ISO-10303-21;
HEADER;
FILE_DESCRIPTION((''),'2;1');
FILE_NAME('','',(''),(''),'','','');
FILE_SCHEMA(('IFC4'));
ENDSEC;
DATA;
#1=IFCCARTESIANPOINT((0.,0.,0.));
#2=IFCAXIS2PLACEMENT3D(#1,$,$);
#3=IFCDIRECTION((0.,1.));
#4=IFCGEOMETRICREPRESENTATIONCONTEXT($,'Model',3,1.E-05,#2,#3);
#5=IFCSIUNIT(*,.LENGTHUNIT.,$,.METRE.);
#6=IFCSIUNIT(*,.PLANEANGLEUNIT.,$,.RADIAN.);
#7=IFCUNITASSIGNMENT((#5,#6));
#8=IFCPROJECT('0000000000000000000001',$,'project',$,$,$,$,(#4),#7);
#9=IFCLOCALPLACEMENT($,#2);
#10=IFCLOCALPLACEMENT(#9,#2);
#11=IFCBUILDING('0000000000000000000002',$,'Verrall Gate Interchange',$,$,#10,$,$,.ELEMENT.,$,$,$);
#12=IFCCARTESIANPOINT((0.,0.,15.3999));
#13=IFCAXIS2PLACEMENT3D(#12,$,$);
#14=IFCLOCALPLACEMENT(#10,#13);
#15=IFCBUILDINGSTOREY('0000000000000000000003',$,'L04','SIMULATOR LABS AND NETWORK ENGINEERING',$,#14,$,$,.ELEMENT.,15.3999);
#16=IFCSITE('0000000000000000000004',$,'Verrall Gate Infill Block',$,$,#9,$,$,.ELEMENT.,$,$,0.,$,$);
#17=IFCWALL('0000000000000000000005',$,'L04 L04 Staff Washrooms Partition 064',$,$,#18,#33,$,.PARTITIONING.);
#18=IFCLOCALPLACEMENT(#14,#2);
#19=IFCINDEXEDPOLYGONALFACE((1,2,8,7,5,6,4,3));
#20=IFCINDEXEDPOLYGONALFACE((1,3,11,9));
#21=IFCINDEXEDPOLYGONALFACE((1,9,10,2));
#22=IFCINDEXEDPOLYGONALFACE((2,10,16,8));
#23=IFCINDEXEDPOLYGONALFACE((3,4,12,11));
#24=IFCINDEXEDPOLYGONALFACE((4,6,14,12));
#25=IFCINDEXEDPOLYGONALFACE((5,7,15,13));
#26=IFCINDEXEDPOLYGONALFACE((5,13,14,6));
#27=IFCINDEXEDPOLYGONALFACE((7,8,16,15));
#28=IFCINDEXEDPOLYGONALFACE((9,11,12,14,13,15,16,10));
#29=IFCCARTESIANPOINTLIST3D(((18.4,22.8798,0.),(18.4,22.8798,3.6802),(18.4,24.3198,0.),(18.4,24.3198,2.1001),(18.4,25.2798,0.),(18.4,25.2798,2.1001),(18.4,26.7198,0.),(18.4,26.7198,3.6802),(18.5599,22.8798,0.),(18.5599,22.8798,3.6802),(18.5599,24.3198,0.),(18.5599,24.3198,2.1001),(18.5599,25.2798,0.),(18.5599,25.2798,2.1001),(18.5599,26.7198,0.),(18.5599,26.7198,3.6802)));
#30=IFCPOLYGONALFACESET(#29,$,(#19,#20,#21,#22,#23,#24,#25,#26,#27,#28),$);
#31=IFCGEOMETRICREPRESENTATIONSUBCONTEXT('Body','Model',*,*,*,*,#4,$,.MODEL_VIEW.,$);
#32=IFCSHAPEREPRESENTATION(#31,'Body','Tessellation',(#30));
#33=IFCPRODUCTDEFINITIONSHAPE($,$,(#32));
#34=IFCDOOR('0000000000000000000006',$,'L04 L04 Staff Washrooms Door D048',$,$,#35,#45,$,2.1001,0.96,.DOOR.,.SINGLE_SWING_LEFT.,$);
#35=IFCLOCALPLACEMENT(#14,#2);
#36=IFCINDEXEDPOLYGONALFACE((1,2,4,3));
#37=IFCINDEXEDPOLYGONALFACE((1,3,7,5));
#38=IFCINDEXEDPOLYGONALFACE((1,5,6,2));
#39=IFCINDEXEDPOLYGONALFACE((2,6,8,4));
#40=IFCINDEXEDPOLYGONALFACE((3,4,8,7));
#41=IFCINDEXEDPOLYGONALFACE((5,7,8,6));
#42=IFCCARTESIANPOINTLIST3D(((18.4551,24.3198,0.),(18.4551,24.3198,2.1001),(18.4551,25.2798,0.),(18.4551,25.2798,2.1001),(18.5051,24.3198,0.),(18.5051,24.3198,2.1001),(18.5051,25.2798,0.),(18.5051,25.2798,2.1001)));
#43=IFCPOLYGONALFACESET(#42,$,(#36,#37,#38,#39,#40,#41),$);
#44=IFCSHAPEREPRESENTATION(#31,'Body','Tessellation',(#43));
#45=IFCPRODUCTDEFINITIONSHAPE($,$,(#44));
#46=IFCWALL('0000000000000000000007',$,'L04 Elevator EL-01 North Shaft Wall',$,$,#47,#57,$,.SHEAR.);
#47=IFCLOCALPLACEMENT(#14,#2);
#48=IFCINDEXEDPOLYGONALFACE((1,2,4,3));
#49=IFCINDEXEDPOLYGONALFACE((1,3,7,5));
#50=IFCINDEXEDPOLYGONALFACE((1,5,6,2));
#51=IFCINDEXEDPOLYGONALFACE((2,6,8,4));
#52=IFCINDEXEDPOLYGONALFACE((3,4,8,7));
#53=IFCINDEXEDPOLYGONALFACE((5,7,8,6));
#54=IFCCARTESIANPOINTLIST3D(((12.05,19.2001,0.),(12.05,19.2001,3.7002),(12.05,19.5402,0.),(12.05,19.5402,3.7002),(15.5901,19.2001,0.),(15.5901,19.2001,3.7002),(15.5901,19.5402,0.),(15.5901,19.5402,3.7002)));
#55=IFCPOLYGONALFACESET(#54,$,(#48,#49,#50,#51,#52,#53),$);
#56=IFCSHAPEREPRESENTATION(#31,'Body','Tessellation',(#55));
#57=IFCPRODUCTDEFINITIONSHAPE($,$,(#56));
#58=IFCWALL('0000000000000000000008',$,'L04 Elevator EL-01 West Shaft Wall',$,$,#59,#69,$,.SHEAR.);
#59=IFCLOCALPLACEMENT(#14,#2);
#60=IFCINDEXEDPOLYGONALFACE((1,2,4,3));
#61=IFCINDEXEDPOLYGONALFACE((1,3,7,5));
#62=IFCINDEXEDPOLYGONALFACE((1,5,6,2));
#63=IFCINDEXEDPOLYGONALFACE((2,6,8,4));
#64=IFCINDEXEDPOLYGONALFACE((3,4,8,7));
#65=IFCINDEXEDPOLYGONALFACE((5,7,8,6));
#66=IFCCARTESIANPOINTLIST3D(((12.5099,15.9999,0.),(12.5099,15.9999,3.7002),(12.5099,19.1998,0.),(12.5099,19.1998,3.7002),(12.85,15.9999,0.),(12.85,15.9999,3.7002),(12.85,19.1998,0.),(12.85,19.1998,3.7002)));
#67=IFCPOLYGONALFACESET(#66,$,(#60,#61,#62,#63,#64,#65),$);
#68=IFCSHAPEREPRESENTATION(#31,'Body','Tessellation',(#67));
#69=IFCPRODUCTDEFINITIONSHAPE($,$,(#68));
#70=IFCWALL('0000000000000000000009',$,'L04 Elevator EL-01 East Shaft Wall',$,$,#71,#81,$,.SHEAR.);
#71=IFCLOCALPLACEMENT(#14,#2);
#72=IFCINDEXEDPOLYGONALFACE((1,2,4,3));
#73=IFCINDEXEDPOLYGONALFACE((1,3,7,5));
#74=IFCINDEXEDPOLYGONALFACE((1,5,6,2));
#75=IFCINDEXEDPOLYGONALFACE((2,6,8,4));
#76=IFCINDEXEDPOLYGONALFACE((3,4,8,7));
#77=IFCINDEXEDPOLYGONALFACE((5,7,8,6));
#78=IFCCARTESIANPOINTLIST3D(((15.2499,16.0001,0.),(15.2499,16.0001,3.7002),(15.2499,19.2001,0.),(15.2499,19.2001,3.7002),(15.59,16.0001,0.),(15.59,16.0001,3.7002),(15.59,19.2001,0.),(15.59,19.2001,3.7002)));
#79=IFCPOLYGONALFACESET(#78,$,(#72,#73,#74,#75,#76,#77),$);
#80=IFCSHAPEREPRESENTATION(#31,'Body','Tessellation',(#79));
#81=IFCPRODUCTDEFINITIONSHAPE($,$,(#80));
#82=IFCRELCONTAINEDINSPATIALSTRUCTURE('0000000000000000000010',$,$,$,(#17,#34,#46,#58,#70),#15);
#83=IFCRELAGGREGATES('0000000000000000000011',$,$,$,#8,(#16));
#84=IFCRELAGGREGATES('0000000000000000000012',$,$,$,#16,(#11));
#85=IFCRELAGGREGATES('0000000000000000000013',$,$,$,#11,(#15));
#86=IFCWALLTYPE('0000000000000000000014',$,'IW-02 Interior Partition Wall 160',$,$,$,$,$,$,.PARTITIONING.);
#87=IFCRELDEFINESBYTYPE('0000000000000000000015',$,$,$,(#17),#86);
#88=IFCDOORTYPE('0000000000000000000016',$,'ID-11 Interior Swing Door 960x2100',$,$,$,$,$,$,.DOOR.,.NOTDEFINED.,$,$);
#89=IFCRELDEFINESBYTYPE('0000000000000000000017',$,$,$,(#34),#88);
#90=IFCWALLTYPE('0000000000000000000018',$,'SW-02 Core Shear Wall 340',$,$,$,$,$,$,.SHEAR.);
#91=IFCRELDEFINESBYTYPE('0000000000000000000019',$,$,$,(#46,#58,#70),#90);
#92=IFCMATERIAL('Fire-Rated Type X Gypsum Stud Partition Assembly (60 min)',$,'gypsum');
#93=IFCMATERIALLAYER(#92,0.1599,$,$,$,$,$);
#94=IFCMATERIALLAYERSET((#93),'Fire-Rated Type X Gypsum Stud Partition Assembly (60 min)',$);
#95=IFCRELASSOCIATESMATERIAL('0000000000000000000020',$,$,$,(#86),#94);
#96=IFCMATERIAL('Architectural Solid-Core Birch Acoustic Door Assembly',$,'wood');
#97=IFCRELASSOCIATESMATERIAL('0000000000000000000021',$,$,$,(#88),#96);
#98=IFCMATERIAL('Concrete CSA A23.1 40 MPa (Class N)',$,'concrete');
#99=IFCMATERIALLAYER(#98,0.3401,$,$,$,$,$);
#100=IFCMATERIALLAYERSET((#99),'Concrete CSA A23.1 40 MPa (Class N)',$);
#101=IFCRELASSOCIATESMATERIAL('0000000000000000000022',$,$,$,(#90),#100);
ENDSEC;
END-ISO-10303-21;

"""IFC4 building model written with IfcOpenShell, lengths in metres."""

from ifc_helpers import new_model, si_unit, direction, frame, frame_2d, origin, place, context, subcontext, project, spatial, rectangle, extrude, material, layer, layer_set, type_object, element, fill, save


model = new_model("IFC4")

# Units and contexts
model_context = context("Model", 3, precision=1e-05, world=origin(), true_north=direction((0.0, 1.0)))
body_context = subcontext(model_context, "Body", "Model", "MODEL_VIEW")
ifc_project = project(units=[si_unit("LENGTHUNIT", "METRE"), si_unit("PLANEANGLEUNIT", "RADIAN")], contexts=[model_context])

# Site, building, storey
site_placement = place(None, origin())
site = spatial("IfcSite", under=ifc_project, at=site_placement, Name="Verrall Gate Infill Block", CompositionType="ELEMENT", RefElevation=0.0)
building_placement = place(site_placement, origin())
building = spatial("IfcBuilding", under=site, at=building_placement, Name="Verrall Gate Interchange", CompositionType="ELEMENT")
storey_placement = place(building_placement, frame((0.0, 0.0, 15.3999)))
storey = spatial("IfcBuildingStorey", under=building, at=storey_placement, Name="L04", Description="SIMULATOR LABS AND NETWORK ENGINEERING", CompositionType="ELEMENT", Elevation=15.3999)

# Wall, opening, door
ifc_material_1 = material(Name="Fire-Rated Type X Gypsum Stud Partition Assembly (60 min)", Category="gypsum")
ifc_layer_1 = layer(ifc_material_1, 0.1599)
ifc_layer_set_1 = layer_set([ifc_layer_1], Name="Fire-Rated Type X Gypsum Stud Partition Assembly (60 min)")
wall_type_1 = type_object("IfcWallType", Name="IW-02 Interior Partition Wall 160", PredefinedType="PARTITIONING", material=ifc_layer_set_1)
wall_1_placement = place(storey_placement, frame((18.48, 22.8799, 0.0), z_axis=(0.0, 0.0, 1.0), x_axis=(0.0, 1.0, 0.0)))
wall_1 = element("IfcWall", 1, at=wall_1_placement, inside=storey, type_object=wall_type_1, Name="L04 L04 Staff Washrooms Partition 064", PredefinedType="PARTITIONING", context=body_context, shape_type="SweptSolid", body=[
    extrude(rectangle(XDim=3.8401, YDim=0.1599, at=frame_2d((1.9199, 0.0))), origin(), (0.0, 0.0, 1.0), 3.6802),
])
opening_placement = place(wall_1_placement, frame((1.4399, 0.0, 0.0)))
opening = element("IfcOpeningElement", 2, at=opening_placement, cuts=wall_1, PredefinedType="OPENING", context=body_context, shape_type="SweptSolid", body=[
    extrude(rectangle(XDim=0.96, YDim=2.1001, at=frame_2d((0.48, 1.05))), frame((0.0, 0.0947, 0.0), z_axis=(0.0, -1.0, 0.0), x_axis=(1.0, 0.0, 0.0)), (0.0, 0.0, 1.0), 0.1897),
])
ifc_material_2 = material(Name="Architectural Solid-Core Birch Acoustic Door Assembly", Category="wood")
door_type = type_object("IfcDoorType", Name="ID-11 Interior Swing Door 960x2100", OperationType="NOTDEFINED", PredefinedType="DOOR", material=ifc_material_2)
door_placement = place(opening_placement, origin())
door = element("IfcDoor", 3, at=door_placement, inside=storey, type_object=door_type, Name="L04 L04 Staff Washrooms Door D048", OperationType="SINGLE_SWING_LEFT", OverallHeight=2.1001, OverallWidth=0.96, PredefinedType="DOOR", context=body_context, shape_type="SweptSolid", body=[
    extrude(rectangle(XDim=0.96, YDim=2.1001, at=frame_2d((0.48, 1.05))), frame((0.0, 0.0249, 0.0), z_axis=(0.0, -1.0, 0.0), x_axis=(1.0, 0.0, 0.0)), (0.0, 0.0, 1.0), 0.05),
])
fill(opening, door)

# Walls
ifc_material_3 = material(Name="Concrete CSA A23.1 40 MPa (Class N)", Category="concrete")
ifc_layer_2 = layer(ifc_material_3, 0.3401)
ifc_layer_set_2 = layer_set([ifc_layer_2], Name="Concrete CSA A23.1 40 MPa (Class N)")
wall_type_2 = type_object("IfcWallType", Name="SW-02 Core Shear Wall 340", PredefinedType="SHEAR", material=ifc_layer_set_2)
wall_2_placement = place(storey_placement, frame((15.5901, 19.3701, 0.0), z_axis=(0.0, 0.0, 1.0), x_axis=(-1.0, 0.0, 0.0)))
element("IfcWall", 4, at=wall_2_placement, inside=storey, type_object=wall_type_2, Name="L04 Elevator EL-01 North Shaft Wall", PredefinedType="SHEAR", context=body_context, shape_type="SweptSolid", body=[
    extrude(rectangle(XDim=3.54, YDim=0.3401, at=frame_2d((1.77, 0.0))), origin(), (0.0, 0.0, 1.0), 3.7002),
])
for number, where, z_axis, x_axis, name in (
    (5, (12.6799, 19.2, 0.0), (0.0, 0.0, 1.0), (0.0, -1.0, 0.0), "L04 Elevator EL-01 West Shaft Wall"),
    (6, (15.4199, 16.0, 0.0), (0.0, 0.0, 1.0), (0.0, 1.0, 0.0), "L04 Elevator EL-01 East Shaft Wall"),
):
    element("IfcWall", number, at=place(storey_placement, frame(where, z_axis=z_axis, x_axis=x_axis)), inside=storey, type_object=wall_type_2, Name=name, PredefinedType="SHEAR", context=body_context, shape_type="SweptSolid", body=[
        extrude(rectangle(XDim=3.2, YDim=0.3401, at=frame_2d((1.6001, 0.0))), origin(), (0.0, 0.0, 1.0), 3.7002),
    ])

save(model, "model.ifc")
